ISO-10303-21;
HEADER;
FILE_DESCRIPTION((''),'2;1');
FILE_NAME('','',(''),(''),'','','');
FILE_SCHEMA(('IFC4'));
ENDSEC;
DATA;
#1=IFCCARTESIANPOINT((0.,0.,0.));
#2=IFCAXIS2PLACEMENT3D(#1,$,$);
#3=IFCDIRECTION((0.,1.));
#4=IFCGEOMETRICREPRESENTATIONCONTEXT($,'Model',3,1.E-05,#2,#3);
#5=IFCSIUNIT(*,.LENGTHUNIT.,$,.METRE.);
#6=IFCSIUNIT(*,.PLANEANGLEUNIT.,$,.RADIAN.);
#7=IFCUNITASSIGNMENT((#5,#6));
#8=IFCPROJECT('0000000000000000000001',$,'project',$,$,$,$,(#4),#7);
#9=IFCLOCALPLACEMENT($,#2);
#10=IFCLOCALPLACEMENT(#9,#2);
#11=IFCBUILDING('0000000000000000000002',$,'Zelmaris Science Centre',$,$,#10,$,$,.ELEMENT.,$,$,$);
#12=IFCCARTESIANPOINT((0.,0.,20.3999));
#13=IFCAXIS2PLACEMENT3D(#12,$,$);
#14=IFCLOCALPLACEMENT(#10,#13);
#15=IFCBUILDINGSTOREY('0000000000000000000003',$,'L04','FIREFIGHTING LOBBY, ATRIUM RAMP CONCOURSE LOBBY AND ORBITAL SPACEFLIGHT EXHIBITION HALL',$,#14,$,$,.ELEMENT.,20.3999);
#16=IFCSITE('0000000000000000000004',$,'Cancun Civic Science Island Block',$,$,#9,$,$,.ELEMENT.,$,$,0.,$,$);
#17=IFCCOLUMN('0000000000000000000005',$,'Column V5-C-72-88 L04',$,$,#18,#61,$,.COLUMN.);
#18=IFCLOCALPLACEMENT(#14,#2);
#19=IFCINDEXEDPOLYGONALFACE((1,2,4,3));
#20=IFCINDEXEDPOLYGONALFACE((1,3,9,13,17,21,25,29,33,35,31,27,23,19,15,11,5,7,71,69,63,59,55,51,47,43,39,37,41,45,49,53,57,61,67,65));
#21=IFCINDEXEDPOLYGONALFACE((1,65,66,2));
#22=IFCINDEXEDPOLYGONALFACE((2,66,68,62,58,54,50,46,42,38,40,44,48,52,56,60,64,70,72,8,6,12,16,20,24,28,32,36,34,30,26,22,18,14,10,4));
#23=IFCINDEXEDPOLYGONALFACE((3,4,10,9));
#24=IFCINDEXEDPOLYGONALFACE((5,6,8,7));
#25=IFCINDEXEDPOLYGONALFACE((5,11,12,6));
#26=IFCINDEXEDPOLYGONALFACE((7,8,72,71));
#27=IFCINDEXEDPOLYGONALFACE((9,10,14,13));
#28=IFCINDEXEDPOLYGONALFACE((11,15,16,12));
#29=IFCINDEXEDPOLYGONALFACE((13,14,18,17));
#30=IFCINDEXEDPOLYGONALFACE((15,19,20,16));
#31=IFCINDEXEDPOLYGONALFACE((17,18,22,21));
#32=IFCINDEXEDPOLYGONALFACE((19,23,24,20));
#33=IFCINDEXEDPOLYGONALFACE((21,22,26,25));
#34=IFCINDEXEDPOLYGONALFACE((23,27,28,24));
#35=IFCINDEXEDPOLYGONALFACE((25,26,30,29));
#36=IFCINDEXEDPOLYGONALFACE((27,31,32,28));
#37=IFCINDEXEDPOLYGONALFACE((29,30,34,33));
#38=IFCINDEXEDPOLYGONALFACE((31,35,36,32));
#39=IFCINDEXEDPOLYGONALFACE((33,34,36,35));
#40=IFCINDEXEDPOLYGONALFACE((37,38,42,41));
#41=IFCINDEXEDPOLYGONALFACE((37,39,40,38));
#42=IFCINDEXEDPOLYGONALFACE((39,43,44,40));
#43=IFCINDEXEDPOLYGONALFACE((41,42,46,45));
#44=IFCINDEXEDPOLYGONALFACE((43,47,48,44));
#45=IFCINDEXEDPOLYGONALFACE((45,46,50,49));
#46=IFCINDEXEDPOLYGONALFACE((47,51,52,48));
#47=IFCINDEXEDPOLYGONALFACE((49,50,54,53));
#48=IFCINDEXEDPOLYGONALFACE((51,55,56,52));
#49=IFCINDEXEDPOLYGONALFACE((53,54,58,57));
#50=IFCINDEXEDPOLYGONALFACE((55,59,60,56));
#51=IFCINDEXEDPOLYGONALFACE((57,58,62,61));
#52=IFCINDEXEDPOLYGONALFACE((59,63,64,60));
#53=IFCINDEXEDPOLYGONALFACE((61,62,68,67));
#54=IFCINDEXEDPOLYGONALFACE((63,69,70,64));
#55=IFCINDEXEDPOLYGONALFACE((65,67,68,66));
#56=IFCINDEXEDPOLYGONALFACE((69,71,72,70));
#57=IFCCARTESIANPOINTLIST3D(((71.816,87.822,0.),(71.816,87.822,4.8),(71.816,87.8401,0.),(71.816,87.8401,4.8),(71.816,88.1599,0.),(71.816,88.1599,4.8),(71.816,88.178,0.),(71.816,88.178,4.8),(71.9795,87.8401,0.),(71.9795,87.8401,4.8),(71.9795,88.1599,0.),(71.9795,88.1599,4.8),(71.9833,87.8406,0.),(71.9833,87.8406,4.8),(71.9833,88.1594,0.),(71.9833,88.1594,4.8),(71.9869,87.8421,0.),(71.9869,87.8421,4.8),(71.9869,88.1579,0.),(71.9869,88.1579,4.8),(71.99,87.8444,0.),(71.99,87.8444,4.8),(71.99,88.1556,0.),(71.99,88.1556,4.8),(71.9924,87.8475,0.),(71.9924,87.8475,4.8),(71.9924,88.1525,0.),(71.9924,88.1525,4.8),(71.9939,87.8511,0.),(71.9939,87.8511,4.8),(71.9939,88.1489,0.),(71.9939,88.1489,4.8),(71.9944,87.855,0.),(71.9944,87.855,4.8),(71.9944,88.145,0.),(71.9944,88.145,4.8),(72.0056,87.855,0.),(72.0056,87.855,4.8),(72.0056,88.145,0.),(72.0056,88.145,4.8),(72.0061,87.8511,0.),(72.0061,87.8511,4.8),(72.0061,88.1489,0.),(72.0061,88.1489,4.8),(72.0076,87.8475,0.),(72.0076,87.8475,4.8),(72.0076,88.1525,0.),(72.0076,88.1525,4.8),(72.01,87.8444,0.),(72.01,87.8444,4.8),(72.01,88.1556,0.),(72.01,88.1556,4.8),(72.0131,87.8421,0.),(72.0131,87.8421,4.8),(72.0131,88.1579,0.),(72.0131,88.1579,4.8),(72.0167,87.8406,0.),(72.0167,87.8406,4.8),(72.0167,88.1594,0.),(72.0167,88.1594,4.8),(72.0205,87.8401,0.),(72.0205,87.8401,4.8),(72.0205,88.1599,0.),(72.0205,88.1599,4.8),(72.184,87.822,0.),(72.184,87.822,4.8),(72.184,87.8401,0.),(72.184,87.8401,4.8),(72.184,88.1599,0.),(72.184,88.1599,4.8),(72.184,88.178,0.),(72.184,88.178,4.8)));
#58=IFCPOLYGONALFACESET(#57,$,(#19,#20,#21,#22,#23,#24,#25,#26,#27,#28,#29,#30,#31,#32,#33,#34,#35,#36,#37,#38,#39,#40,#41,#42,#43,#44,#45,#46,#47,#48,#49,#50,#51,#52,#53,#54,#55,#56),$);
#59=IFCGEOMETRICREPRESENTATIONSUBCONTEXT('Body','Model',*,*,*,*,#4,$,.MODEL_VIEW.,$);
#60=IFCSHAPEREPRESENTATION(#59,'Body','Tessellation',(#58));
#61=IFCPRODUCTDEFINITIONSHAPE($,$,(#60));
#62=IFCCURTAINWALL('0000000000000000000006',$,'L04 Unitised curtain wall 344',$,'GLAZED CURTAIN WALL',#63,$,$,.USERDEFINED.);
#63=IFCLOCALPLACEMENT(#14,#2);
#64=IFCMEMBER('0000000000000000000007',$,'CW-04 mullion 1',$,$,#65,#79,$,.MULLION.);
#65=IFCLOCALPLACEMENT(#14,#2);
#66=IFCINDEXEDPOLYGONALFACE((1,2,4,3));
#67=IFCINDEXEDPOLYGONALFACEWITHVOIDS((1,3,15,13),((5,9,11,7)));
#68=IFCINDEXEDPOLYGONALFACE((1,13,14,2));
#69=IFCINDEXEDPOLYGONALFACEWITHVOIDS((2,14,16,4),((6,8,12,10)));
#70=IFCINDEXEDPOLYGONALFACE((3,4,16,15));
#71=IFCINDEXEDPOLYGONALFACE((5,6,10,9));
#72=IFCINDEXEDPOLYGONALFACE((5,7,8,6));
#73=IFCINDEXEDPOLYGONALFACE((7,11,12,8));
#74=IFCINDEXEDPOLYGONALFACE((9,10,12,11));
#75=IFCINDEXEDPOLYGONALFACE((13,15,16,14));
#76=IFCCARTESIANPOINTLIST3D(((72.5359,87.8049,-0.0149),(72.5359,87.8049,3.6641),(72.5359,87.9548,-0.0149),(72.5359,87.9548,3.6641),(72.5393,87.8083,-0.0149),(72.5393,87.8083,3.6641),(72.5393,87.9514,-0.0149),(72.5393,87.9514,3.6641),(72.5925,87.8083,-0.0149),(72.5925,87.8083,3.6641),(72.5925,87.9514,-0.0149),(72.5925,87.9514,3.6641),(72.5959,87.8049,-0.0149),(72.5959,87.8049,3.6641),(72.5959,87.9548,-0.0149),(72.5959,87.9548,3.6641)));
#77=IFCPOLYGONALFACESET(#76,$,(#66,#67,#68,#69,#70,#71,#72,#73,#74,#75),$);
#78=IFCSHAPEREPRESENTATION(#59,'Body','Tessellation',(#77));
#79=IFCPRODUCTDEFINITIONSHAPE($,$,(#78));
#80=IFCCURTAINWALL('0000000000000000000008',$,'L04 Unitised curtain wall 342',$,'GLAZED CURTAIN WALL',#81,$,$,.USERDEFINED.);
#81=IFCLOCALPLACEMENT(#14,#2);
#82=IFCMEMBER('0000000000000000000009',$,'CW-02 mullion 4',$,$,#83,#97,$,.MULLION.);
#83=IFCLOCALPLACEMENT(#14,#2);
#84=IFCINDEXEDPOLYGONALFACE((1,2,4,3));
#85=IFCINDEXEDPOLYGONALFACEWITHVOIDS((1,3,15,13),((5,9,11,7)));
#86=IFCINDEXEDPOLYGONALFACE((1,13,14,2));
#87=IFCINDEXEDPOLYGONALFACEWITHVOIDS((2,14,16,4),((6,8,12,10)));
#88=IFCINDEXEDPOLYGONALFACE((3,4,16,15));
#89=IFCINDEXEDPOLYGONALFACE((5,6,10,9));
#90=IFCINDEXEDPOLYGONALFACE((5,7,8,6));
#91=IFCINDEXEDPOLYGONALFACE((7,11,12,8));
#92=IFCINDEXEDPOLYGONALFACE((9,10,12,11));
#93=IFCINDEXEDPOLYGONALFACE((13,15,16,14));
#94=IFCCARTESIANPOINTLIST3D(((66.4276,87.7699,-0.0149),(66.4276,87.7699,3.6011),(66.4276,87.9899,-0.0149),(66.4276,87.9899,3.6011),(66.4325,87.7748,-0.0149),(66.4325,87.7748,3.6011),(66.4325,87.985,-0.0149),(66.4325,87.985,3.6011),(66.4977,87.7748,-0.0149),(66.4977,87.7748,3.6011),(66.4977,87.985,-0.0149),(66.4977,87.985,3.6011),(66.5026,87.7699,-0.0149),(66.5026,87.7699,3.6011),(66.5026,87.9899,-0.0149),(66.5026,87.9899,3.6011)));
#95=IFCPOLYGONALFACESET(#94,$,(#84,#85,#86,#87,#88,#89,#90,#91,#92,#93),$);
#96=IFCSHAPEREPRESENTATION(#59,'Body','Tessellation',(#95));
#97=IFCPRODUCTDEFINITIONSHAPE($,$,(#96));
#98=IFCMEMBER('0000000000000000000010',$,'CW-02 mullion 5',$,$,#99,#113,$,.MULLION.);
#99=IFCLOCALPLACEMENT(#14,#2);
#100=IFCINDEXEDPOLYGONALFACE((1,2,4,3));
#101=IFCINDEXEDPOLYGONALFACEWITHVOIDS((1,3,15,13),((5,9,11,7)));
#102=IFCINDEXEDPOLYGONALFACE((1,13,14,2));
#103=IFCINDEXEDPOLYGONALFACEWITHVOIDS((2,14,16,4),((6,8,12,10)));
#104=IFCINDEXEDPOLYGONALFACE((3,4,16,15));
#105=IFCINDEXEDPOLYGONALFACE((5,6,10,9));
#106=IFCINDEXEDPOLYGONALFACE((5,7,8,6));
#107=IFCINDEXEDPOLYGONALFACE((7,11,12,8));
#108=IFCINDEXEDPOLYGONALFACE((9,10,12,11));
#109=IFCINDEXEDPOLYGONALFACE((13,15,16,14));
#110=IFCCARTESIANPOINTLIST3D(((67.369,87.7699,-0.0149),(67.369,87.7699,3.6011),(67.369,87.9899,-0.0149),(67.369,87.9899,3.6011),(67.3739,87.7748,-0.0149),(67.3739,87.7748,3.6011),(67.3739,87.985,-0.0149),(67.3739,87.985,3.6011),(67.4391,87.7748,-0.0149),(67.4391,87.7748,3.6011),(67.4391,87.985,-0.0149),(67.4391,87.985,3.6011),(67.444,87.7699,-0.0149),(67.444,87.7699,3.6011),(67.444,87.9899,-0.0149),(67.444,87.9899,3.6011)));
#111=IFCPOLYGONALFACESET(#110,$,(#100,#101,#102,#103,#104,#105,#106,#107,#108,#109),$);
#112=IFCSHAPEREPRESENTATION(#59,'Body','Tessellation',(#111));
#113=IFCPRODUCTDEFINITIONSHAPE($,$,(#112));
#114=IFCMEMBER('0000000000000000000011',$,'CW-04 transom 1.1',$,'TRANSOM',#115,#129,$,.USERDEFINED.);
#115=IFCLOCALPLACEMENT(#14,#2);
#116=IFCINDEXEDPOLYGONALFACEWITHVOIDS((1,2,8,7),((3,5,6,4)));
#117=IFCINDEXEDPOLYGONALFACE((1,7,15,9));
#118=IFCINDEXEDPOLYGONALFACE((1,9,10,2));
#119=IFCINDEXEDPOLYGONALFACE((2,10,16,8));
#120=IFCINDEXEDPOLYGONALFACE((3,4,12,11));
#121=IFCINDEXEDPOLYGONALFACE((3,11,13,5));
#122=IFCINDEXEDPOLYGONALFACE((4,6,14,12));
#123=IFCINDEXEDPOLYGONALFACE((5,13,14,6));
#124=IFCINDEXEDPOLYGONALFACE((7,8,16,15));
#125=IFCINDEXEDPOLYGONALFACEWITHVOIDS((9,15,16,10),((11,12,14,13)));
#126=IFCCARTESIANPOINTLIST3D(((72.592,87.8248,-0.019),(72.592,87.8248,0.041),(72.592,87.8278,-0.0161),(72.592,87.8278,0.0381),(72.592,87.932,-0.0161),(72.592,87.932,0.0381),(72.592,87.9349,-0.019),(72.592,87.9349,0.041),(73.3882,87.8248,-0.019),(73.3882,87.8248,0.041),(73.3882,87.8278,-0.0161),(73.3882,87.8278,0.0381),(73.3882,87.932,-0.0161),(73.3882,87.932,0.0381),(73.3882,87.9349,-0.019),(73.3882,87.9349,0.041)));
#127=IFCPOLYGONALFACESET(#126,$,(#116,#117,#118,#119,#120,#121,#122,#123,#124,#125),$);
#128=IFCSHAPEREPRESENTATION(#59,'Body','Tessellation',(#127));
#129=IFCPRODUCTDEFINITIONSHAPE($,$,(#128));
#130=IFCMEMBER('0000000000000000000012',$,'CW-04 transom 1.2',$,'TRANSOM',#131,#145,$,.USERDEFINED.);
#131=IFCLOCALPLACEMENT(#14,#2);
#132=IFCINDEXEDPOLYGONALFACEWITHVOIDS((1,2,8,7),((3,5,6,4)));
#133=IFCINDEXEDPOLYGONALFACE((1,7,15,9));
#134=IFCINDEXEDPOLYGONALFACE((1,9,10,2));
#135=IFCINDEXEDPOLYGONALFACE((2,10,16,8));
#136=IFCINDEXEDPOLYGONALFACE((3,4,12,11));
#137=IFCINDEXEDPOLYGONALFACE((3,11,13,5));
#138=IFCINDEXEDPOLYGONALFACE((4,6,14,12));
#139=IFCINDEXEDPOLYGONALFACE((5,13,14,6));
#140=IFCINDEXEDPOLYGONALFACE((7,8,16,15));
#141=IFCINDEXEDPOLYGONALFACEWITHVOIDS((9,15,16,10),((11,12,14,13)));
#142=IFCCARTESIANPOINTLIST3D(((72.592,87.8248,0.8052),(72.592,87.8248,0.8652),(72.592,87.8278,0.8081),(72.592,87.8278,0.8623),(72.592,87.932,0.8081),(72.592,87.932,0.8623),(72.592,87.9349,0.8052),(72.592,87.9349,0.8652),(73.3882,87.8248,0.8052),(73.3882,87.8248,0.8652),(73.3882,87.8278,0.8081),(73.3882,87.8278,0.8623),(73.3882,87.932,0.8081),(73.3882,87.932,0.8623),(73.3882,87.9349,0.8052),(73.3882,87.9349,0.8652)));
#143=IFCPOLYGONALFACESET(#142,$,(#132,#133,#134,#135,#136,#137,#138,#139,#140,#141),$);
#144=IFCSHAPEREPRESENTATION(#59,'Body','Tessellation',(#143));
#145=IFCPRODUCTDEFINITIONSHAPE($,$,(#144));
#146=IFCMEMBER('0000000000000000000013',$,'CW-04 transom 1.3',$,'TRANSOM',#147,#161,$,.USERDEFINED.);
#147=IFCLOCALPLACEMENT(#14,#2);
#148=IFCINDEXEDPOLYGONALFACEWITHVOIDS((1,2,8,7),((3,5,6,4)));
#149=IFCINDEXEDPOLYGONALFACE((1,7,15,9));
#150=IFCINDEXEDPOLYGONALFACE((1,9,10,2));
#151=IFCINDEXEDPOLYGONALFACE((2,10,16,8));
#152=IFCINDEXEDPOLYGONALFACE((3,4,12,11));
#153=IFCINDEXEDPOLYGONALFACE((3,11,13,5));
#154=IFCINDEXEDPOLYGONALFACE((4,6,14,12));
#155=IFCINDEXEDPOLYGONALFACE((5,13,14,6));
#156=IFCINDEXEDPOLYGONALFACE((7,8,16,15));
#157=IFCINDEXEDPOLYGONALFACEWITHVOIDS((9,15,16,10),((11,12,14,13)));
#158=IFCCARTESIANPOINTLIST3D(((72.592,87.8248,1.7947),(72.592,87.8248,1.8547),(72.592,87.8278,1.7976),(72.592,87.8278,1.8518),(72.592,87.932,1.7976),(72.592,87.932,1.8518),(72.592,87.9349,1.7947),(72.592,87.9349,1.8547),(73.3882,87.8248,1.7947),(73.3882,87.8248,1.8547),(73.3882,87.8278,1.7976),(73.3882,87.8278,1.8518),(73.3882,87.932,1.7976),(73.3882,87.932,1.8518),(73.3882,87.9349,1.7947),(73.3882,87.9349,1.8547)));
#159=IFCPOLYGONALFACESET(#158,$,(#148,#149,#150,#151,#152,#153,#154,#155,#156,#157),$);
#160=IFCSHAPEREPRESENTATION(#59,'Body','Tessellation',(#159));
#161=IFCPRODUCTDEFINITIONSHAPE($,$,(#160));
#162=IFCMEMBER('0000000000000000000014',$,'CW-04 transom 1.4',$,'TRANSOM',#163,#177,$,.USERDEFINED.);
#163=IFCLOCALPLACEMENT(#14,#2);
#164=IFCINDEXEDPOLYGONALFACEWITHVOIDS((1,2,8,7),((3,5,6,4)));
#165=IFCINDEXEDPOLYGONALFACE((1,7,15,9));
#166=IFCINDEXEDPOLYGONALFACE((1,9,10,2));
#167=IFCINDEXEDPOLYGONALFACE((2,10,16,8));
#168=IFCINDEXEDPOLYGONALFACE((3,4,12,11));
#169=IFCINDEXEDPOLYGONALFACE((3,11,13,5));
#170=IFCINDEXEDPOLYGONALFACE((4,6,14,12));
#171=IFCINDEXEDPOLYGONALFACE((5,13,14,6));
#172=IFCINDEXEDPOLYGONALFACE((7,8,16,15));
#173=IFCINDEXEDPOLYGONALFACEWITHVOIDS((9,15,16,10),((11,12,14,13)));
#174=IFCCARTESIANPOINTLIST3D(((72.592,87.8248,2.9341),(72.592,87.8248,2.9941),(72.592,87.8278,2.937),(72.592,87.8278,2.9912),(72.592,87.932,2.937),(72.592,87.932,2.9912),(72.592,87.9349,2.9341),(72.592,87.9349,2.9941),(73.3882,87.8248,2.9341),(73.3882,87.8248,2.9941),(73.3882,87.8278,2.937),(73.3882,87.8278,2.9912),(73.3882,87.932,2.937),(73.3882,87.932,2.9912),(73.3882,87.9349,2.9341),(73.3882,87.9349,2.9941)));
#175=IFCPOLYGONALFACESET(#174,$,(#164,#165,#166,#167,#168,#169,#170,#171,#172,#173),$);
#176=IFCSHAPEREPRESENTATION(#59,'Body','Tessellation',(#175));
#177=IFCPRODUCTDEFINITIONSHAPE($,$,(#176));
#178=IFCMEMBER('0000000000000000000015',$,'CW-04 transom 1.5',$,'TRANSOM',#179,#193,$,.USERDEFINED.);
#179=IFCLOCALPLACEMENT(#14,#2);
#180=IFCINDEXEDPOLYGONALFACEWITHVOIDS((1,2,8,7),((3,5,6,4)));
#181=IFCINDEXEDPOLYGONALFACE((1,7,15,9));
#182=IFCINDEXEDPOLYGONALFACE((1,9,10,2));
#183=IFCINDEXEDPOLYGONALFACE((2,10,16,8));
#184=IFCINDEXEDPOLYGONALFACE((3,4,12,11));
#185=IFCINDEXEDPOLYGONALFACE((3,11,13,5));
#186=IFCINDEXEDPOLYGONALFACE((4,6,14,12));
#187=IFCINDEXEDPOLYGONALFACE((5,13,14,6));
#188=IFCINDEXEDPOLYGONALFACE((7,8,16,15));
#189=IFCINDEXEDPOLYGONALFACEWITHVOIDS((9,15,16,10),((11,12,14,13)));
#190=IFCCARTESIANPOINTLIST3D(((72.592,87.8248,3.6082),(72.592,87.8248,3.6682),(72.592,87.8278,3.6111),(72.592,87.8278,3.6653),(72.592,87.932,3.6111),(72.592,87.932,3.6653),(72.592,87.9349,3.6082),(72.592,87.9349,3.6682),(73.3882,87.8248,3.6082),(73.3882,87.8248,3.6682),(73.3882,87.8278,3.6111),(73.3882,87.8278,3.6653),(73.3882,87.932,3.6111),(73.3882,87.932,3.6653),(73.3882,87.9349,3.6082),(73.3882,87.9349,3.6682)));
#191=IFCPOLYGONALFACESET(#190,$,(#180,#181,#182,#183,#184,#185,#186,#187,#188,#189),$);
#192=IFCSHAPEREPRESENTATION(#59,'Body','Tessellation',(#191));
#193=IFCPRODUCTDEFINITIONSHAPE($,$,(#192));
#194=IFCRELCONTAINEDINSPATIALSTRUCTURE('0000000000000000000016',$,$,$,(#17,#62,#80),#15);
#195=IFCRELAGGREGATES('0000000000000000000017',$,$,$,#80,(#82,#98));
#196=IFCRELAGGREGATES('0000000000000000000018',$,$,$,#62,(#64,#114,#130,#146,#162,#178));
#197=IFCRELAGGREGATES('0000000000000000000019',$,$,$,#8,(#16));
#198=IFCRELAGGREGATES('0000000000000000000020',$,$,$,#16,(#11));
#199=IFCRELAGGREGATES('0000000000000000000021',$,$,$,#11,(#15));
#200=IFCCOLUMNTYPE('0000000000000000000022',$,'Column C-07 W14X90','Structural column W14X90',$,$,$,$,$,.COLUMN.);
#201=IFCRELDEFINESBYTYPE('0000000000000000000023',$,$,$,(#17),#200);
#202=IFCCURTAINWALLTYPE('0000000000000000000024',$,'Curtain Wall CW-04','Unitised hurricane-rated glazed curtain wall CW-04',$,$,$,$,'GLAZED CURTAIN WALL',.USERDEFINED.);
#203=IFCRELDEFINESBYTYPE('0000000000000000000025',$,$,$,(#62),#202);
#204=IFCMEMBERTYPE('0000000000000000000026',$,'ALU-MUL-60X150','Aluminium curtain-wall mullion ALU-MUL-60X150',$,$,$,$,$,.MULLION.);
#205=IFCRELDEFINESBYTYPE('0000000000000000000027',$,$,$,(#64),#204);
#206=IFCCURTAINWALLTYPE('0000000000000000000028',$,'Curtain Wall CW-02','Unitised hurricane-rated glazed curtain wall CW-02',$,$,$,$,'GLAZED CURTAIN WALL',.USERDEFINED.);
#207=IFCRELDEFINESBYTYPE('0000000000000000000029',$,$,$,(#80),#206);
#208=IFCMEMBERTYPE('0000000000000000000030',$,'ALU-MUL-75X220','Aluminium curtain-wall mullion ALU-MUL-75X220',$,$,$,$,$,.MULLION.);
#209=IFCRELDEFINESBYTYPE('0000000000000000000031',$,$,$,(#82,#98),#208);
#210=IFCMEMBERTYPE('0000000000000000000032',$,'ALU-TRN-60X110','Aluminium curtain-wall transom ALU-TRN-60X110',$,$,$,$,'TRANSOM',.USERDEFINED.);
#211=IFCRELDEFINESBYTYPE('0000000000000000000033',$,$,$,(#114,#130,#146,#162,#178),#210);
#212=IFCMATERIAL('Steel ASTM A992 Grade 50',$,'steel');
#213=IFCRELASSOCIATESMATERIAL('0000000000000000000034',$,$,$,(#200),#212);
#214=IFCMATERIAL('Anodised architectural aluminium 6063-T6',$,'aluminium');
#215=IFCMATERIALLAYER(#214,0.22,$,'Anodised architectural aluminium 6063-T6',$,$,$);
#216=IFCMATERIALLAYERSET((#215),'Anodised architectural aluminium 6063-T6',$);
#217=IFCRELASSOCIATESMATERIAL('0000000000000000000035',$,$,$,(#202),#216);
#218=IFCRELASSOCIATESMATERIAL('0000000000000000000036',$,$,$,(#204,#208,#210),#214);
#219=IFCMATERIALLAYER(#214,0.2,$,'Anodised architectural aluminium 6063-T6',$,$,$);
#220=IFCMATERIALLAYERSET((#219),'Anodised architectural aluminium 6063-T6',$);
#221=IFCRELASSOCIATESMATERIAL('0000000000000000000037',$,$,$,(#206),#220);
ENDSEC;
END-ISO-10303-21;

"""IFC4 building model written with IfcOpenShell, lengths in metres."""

from ifc_helpers import new_model, si_unit, direction, frame, origin, origin_2d, place, context, subcontext, project, spatial, hollow_rectangle, i_section, extrude, material, layer, layer_set, material_profile, profile_set, type_object, element, aggregate, save


model = new_model("IFC4")

# Units and contexts
model_context = context("Model", 3, precision=1e-05, world=origin(), true_north=direction((0.0, 1.0)))
body_context = subcontext(model_context, "Body", "Model", "MODEL_VIEW")
ifc_project = project(units=[si_unit("LENGTHUNIT", "METRE"), si_unit("PLANEANGLEUNIT", "RADIAN")], contexts=[model_context])

# Site, building, storey
site_placement = place(None, origin())
site = spatial("IfcSite", under=ifc_project, at=site_placement, Name="Cancun Civic Science Island Block", CompositionType="ELEMENT", RefElevation=0.0)
building_placement = place(site_placement, origin())
building = spatial("IfcBuilding", under=site, at=building_placement, Name="Zelmaris Science Centre", CompositionType="ELEMENT")
storey_placement = place(building_placement, frame((0.0, 0.0, 20.3999)))
storey = spatial("IfcBuildingStorey", under=building, at=storey_placement, Name="L04", Description="FIREFIGHTING LOBBY, ATRIUM RAMP CONCOURSE LOBBY AND ORBITAL SPACEFLIGHT EXHIBITION HALL", CompositionType="ELEMENT", Elevation=20.3999)

# Column
ifc_material_1 = material(Name="Steel ASTM A992 Grade 50", Category="steel")
ifc_material_profile_1 = material_profile(ifc_material_1, i_section(OverallWidth=0.3679, OverallDepth=0.356, WebThickness=0.0112, FlangeThickness=0.0181, FilletRadius=0.0149, at=origin_2d()), Name="W14X90")
ifc_profile_set_1 = profile_set([ifc_material_profile_1], Name="Steel ASTM A992 Grade 50")
column_type = type_object("IfcColumnType", Name="Column C-07 W14X90", Description="Structural column W14X90", PredefinedType="COLUMN", material=ifc_profile_set_1)
column_placement = place(storey_placement, frame((72.0, 88.0, 0.0), z_axis=(0.0, 0.0, 1.0), x_axis=(1.0, 0.0, 0.0)))
element("IfcColumn", 1, at=column_placement, inside=storey, type_object=column_type, Name="Column V5-C-72-88 L04", PredefinedType="COLUMN", context=body_context, shape_type="SweptSolid", body=[
    extrude(i_section(OverallWidth=0.3679, OverallDepth=0.356, WebThickness=0.0112, FlangeThickness=0.0181, FilletRadius=0.0149, at=origin_2d()), origin(), (0.0, 0.0, 1.0), 4.8),
])

# Curtain wall, member
ifc_material_2 = material(Name="Anodised architectural aluminium 6063-T6", Category="aluminium")
ifc_layer_1 = layer(ifc_material_2, 0.22, Name="Anodised architectural aluminium 6063-T6")
ifc_layer_set_1 = layer_set([ifc_layer_1], Name="Anodised architectural aluminium 6063-T6")
curtain_wall_type_1 = type_object("IfcCurtainWallType", Name="Curtain Wall CW-04", Description="Unitised hurricane-rated glazed curtain wall CW-04", ElementType="GLAZED CURTAIN WALL", PredefinedType="USERDEFINED", material=ifc_layer_set_1)
curtain_wall_1_placement = place(storey_placement, origin())
curtain_wall_1 = element("IfcCurtainWall", 2, at=curtain_wall_1_placement, inside=storey, type_object=curtain_wall_type_1, Name="L04 Unitised curtain wall 344", ObjectType="GLAZED CURTAIN WALL", PredefinedType="USERDEFINED")
ifc_material_profile_2 = material_profile(ifc_material_2, hollow_rectangle(XDim=0.0601, YDim=0.1499, WallThickness=0.0034, at=origin_2d()), Name="ALU-MUL-60X150")
ifc_profile_set_2 = profile_set([ifc_material_profile_2], Name="Anodised architectural aluminium 6063-T6")
member_type_1 = type_object("IfcMemberType", Name="ALU-MUL-60X150", Description="Aluminium curtain-wall mullion ALU-MUL-60X150", PredefinedType="MULLION", material=ifc_profile_set_2)
member_1_placement = place(storey_placement, frame((72.5659, 87.8799, -0.0149), z_axis=(0.0, 0.0, 1.0), x_axis=(1.0, 0.0, 0.0)))
member_1 = element("IfcMember", 3, at=member_1_placement, type_object=member_type_1, Name="CW-04 mullion 1", PredefinedType="MULLION", context=body_context, shape_type="SweptSolid", body=[
    extrude(hollow_rectangle(XDim=0.0601, YDim=0.1499, WallThickness=0.0034, at=origin_2d()), origin(), (0.0, 0.0, 1.0), 3.679),
])

# Curtain wall, members
ifc_layer_2 = layer(ifc_material_2, 0.2, Name="Anodised architectural aluminium 6063-T6")
ifc_layer_set_2 = layer_set([ifc_layer_2], Name="Anodised architectural aluminium 6063-T6")
curtain_wall_type_2 = type_object("IfcCurtainWallType", Name="Curtain Wall CW-02", Description="Unitised hurricane-rated glazed curtain wall CW-02", ElementType="GLAZED CURTAIN WALL", PredefinedType="USERDEFINED", material=ifc_layer_set_2)
curtain_wall_2_placement = place(storey_placement, origin())
curtain_wall_2 = element("IfcCurtainWall", 4, at=curtain_wall_2_placement, inside=storey, type_object=curtain_wall_type_2, Name="L04 Unitised curtain wall 342", ObjectType="GLAZED CURTAIN WALL", PredefinedType="USERDEFINED")
ifc_material_profile_3 = material_profile(ifc_material_2, hollow_rectangle(XDim=0.075, YDim=0.22, WallThickness=0.0049, at=origin_2d()), Name="ALU-MUL-75X220")
ifc_profile_set_3 = profile_set([ifc_material_profile_3], Name="Anodised architectural aluminium 6063-T6")
member_type_2 = type_object("IfcMemberType", Name="ALU-MUL-75X220", Description="Aluminium curtain-wall mullion ALU-MUL-75X220", PredefinedType="MULLION", material=ifc_profile_set_3)
member_2_placement = place(storey_placement, frame((66.4651, 87.8799, -0.0149), z_axis=(0.0, 0.0, 1.0), x_axis=(1.0, 0.0, 0.0)))
member_2 = element("IfcMember", 5, at=member_2_placement, type_object=member_type_2, Name="CW-02 mullion 4", PredefinedType="MULLION", context=body_context, shape_type="SweptSolid", body=[
    extrude(hollow_rectangle(XDim=0.075, YDim=0.22, WallThickness=0.0049, at=origin_2d()), origin(), (0.0, 0.0, 1.0), 3.616),
])
member_3_placement = place(storey_placement, frame((67.4065, 87.8799, -0.0149), z_axis=(0.0, 0.0, 1.0), x_axis=(1.0, 0.0, 0.0)))
member_3 = element("IfcMember", 6, at=member_3_placement, type_object=member_type_2, Name="CW-02 mullion 5", PredefinedType="MULLION", context=body_context, shape_type="SweptSolid", body=[
    extrude(hollow_rectangle(XDim=0.075, YDim=0.22, WallThickness=0.0049, at=origin_2d()), origin(), (0.0, 0.0, 1.0), 3.616),
])

# Members
ifc_material_profile_4 = material_profile(ifc_material_2, hollow_rectangle(XDim=0.0601, YDim=0.1101, WallThickness=0.0029, at=origin_2d()), Name="ALU-TRN-60X110")
ifc_profile_set_4 = profile_set([ifc_material_profile_4], Name="Anodised architectural aluminium 6063-T6")
member_type_3 = type_object("IfcMemberType", Name="ALU-TRN-60X110", Description="Aluminium curtain-wall transom ALU-TRN-60X110", ElementType="TRANSOM", PredefinedType="USERDEFINED", material=ifc_profile_set_4)
member_4_placement = place(storey_placement, frame((72.592, 87.8799, 0.011), z_axis=(1.0, 0.0, 0.0), x_axis=(0.0, 0.0, 1.0)))
member_4 = element("IfcMember", 7, at=member_4_placement, type_object=member_type_3, Name="CW-04 transom 1.1", ObjectType="TRANSOM", PredefinedType="USERDEFINED", context=body_context, shape_type="SweptSolid", body=[
    extrude(hollow_rectangle(XDim=0.0601, YDim=0.1101, WallThickness=0.0029, at=origin_2d()), origin(), (0.0, 0.0, 1.0), 0.7961),
])
member_5_placement = place(storey_placement, frame((72.592, 87.8799, 0.8352), z_axis=(1.0, 0.0, 0.0), x_axis=(0.0, 0.0, 1.0)))
member_5 = element("IfcMember", 8, at=member_5_placement, type_object=member_type_3, Name="CW-04 transom 1.2", ObjectType="TRANSOM", PredefinedType="USERDEFINED", context=body_context, shape_type="SweptSolid", body=[
    extrude(hollow_rectangle(XDim=0.0601, YDim=0.1101, WallThickness=0.0029, at=origin_2d()), origin(), (0.0, 0.0, 1.0), 0.7961),
])
member_6_placement = place(storey_placement, frame((72.592, 87.8799, 1.8247), z_axis=(1.0, 0.0, 0.0), x_axis=(0.0, 0.0, 1.0)))
member_6 = element("IfcMember", 9, at=member_6_placement, type_object=member_type_3, Name="CW-04 transom 1.3", ObjectType="TRANSOM", PredefinedType="USERDEFINED", context=body_context, shape_type="SweptSolid", body=[
    extrude(hollow_rectangle(XDim=0.0601, YDim=0.1101, WallThickness=0.0029, at=origin_2d()), origin(), (0.0, 0.0, 1.0), 0.7961),
])
member_7_placement = place(storey_placement, frame((72.592, 87.8799, 2.9641), z_axis=(1.0, 0.0, 0.0), x_axis=(0.0, 0.0, 1.0)))
member_7 = element("IfcMember", 10, at=member_7_placement, type_object=member_type_3, Name="CW-04 transom 1.4", ObjectType="TRANSOM", PredefinedType="USERDEFINED", context=body_context, shape_type="SweptSolid", body=[
    extrude(hollow_rectangle(XDim=0.0601, YDim=0.1101, WallThickness=0.0029, at=origin_2d()), origin(), (0.0, 0.0, 1.0), 0.7961),
])
member_8_placement = place(storey_placement, frame((72.592, 87.8799, 3.6382), z_axis=(1.0, 0.0, 0.0), x_axis=(0.0, 0.0, 1.0)))
member_8 = element("IfcMember", 11, at=member_8_placement, type_object=member_type_3, Name="CW-04 transom 1.5", ObjectType="TRANSOM", PredefinedType="USERDEFINED", context=body_context, shape_type="SweptSolid", body=[
    extrude(hollow_rectangle(XDim=0.0601, YDim=0.1101, WallThickness=0.0029, at=origin_2d()), origin(), (0.0, 0.0, 1.0), 0.7961),
])

aggregate(curtain_wall_2, [member_2, member_3])
aggregate(curtain_wall_1, [member_1, member_4, member_5, member_6, member_7, member_8])

save(model, "model.ifc")
